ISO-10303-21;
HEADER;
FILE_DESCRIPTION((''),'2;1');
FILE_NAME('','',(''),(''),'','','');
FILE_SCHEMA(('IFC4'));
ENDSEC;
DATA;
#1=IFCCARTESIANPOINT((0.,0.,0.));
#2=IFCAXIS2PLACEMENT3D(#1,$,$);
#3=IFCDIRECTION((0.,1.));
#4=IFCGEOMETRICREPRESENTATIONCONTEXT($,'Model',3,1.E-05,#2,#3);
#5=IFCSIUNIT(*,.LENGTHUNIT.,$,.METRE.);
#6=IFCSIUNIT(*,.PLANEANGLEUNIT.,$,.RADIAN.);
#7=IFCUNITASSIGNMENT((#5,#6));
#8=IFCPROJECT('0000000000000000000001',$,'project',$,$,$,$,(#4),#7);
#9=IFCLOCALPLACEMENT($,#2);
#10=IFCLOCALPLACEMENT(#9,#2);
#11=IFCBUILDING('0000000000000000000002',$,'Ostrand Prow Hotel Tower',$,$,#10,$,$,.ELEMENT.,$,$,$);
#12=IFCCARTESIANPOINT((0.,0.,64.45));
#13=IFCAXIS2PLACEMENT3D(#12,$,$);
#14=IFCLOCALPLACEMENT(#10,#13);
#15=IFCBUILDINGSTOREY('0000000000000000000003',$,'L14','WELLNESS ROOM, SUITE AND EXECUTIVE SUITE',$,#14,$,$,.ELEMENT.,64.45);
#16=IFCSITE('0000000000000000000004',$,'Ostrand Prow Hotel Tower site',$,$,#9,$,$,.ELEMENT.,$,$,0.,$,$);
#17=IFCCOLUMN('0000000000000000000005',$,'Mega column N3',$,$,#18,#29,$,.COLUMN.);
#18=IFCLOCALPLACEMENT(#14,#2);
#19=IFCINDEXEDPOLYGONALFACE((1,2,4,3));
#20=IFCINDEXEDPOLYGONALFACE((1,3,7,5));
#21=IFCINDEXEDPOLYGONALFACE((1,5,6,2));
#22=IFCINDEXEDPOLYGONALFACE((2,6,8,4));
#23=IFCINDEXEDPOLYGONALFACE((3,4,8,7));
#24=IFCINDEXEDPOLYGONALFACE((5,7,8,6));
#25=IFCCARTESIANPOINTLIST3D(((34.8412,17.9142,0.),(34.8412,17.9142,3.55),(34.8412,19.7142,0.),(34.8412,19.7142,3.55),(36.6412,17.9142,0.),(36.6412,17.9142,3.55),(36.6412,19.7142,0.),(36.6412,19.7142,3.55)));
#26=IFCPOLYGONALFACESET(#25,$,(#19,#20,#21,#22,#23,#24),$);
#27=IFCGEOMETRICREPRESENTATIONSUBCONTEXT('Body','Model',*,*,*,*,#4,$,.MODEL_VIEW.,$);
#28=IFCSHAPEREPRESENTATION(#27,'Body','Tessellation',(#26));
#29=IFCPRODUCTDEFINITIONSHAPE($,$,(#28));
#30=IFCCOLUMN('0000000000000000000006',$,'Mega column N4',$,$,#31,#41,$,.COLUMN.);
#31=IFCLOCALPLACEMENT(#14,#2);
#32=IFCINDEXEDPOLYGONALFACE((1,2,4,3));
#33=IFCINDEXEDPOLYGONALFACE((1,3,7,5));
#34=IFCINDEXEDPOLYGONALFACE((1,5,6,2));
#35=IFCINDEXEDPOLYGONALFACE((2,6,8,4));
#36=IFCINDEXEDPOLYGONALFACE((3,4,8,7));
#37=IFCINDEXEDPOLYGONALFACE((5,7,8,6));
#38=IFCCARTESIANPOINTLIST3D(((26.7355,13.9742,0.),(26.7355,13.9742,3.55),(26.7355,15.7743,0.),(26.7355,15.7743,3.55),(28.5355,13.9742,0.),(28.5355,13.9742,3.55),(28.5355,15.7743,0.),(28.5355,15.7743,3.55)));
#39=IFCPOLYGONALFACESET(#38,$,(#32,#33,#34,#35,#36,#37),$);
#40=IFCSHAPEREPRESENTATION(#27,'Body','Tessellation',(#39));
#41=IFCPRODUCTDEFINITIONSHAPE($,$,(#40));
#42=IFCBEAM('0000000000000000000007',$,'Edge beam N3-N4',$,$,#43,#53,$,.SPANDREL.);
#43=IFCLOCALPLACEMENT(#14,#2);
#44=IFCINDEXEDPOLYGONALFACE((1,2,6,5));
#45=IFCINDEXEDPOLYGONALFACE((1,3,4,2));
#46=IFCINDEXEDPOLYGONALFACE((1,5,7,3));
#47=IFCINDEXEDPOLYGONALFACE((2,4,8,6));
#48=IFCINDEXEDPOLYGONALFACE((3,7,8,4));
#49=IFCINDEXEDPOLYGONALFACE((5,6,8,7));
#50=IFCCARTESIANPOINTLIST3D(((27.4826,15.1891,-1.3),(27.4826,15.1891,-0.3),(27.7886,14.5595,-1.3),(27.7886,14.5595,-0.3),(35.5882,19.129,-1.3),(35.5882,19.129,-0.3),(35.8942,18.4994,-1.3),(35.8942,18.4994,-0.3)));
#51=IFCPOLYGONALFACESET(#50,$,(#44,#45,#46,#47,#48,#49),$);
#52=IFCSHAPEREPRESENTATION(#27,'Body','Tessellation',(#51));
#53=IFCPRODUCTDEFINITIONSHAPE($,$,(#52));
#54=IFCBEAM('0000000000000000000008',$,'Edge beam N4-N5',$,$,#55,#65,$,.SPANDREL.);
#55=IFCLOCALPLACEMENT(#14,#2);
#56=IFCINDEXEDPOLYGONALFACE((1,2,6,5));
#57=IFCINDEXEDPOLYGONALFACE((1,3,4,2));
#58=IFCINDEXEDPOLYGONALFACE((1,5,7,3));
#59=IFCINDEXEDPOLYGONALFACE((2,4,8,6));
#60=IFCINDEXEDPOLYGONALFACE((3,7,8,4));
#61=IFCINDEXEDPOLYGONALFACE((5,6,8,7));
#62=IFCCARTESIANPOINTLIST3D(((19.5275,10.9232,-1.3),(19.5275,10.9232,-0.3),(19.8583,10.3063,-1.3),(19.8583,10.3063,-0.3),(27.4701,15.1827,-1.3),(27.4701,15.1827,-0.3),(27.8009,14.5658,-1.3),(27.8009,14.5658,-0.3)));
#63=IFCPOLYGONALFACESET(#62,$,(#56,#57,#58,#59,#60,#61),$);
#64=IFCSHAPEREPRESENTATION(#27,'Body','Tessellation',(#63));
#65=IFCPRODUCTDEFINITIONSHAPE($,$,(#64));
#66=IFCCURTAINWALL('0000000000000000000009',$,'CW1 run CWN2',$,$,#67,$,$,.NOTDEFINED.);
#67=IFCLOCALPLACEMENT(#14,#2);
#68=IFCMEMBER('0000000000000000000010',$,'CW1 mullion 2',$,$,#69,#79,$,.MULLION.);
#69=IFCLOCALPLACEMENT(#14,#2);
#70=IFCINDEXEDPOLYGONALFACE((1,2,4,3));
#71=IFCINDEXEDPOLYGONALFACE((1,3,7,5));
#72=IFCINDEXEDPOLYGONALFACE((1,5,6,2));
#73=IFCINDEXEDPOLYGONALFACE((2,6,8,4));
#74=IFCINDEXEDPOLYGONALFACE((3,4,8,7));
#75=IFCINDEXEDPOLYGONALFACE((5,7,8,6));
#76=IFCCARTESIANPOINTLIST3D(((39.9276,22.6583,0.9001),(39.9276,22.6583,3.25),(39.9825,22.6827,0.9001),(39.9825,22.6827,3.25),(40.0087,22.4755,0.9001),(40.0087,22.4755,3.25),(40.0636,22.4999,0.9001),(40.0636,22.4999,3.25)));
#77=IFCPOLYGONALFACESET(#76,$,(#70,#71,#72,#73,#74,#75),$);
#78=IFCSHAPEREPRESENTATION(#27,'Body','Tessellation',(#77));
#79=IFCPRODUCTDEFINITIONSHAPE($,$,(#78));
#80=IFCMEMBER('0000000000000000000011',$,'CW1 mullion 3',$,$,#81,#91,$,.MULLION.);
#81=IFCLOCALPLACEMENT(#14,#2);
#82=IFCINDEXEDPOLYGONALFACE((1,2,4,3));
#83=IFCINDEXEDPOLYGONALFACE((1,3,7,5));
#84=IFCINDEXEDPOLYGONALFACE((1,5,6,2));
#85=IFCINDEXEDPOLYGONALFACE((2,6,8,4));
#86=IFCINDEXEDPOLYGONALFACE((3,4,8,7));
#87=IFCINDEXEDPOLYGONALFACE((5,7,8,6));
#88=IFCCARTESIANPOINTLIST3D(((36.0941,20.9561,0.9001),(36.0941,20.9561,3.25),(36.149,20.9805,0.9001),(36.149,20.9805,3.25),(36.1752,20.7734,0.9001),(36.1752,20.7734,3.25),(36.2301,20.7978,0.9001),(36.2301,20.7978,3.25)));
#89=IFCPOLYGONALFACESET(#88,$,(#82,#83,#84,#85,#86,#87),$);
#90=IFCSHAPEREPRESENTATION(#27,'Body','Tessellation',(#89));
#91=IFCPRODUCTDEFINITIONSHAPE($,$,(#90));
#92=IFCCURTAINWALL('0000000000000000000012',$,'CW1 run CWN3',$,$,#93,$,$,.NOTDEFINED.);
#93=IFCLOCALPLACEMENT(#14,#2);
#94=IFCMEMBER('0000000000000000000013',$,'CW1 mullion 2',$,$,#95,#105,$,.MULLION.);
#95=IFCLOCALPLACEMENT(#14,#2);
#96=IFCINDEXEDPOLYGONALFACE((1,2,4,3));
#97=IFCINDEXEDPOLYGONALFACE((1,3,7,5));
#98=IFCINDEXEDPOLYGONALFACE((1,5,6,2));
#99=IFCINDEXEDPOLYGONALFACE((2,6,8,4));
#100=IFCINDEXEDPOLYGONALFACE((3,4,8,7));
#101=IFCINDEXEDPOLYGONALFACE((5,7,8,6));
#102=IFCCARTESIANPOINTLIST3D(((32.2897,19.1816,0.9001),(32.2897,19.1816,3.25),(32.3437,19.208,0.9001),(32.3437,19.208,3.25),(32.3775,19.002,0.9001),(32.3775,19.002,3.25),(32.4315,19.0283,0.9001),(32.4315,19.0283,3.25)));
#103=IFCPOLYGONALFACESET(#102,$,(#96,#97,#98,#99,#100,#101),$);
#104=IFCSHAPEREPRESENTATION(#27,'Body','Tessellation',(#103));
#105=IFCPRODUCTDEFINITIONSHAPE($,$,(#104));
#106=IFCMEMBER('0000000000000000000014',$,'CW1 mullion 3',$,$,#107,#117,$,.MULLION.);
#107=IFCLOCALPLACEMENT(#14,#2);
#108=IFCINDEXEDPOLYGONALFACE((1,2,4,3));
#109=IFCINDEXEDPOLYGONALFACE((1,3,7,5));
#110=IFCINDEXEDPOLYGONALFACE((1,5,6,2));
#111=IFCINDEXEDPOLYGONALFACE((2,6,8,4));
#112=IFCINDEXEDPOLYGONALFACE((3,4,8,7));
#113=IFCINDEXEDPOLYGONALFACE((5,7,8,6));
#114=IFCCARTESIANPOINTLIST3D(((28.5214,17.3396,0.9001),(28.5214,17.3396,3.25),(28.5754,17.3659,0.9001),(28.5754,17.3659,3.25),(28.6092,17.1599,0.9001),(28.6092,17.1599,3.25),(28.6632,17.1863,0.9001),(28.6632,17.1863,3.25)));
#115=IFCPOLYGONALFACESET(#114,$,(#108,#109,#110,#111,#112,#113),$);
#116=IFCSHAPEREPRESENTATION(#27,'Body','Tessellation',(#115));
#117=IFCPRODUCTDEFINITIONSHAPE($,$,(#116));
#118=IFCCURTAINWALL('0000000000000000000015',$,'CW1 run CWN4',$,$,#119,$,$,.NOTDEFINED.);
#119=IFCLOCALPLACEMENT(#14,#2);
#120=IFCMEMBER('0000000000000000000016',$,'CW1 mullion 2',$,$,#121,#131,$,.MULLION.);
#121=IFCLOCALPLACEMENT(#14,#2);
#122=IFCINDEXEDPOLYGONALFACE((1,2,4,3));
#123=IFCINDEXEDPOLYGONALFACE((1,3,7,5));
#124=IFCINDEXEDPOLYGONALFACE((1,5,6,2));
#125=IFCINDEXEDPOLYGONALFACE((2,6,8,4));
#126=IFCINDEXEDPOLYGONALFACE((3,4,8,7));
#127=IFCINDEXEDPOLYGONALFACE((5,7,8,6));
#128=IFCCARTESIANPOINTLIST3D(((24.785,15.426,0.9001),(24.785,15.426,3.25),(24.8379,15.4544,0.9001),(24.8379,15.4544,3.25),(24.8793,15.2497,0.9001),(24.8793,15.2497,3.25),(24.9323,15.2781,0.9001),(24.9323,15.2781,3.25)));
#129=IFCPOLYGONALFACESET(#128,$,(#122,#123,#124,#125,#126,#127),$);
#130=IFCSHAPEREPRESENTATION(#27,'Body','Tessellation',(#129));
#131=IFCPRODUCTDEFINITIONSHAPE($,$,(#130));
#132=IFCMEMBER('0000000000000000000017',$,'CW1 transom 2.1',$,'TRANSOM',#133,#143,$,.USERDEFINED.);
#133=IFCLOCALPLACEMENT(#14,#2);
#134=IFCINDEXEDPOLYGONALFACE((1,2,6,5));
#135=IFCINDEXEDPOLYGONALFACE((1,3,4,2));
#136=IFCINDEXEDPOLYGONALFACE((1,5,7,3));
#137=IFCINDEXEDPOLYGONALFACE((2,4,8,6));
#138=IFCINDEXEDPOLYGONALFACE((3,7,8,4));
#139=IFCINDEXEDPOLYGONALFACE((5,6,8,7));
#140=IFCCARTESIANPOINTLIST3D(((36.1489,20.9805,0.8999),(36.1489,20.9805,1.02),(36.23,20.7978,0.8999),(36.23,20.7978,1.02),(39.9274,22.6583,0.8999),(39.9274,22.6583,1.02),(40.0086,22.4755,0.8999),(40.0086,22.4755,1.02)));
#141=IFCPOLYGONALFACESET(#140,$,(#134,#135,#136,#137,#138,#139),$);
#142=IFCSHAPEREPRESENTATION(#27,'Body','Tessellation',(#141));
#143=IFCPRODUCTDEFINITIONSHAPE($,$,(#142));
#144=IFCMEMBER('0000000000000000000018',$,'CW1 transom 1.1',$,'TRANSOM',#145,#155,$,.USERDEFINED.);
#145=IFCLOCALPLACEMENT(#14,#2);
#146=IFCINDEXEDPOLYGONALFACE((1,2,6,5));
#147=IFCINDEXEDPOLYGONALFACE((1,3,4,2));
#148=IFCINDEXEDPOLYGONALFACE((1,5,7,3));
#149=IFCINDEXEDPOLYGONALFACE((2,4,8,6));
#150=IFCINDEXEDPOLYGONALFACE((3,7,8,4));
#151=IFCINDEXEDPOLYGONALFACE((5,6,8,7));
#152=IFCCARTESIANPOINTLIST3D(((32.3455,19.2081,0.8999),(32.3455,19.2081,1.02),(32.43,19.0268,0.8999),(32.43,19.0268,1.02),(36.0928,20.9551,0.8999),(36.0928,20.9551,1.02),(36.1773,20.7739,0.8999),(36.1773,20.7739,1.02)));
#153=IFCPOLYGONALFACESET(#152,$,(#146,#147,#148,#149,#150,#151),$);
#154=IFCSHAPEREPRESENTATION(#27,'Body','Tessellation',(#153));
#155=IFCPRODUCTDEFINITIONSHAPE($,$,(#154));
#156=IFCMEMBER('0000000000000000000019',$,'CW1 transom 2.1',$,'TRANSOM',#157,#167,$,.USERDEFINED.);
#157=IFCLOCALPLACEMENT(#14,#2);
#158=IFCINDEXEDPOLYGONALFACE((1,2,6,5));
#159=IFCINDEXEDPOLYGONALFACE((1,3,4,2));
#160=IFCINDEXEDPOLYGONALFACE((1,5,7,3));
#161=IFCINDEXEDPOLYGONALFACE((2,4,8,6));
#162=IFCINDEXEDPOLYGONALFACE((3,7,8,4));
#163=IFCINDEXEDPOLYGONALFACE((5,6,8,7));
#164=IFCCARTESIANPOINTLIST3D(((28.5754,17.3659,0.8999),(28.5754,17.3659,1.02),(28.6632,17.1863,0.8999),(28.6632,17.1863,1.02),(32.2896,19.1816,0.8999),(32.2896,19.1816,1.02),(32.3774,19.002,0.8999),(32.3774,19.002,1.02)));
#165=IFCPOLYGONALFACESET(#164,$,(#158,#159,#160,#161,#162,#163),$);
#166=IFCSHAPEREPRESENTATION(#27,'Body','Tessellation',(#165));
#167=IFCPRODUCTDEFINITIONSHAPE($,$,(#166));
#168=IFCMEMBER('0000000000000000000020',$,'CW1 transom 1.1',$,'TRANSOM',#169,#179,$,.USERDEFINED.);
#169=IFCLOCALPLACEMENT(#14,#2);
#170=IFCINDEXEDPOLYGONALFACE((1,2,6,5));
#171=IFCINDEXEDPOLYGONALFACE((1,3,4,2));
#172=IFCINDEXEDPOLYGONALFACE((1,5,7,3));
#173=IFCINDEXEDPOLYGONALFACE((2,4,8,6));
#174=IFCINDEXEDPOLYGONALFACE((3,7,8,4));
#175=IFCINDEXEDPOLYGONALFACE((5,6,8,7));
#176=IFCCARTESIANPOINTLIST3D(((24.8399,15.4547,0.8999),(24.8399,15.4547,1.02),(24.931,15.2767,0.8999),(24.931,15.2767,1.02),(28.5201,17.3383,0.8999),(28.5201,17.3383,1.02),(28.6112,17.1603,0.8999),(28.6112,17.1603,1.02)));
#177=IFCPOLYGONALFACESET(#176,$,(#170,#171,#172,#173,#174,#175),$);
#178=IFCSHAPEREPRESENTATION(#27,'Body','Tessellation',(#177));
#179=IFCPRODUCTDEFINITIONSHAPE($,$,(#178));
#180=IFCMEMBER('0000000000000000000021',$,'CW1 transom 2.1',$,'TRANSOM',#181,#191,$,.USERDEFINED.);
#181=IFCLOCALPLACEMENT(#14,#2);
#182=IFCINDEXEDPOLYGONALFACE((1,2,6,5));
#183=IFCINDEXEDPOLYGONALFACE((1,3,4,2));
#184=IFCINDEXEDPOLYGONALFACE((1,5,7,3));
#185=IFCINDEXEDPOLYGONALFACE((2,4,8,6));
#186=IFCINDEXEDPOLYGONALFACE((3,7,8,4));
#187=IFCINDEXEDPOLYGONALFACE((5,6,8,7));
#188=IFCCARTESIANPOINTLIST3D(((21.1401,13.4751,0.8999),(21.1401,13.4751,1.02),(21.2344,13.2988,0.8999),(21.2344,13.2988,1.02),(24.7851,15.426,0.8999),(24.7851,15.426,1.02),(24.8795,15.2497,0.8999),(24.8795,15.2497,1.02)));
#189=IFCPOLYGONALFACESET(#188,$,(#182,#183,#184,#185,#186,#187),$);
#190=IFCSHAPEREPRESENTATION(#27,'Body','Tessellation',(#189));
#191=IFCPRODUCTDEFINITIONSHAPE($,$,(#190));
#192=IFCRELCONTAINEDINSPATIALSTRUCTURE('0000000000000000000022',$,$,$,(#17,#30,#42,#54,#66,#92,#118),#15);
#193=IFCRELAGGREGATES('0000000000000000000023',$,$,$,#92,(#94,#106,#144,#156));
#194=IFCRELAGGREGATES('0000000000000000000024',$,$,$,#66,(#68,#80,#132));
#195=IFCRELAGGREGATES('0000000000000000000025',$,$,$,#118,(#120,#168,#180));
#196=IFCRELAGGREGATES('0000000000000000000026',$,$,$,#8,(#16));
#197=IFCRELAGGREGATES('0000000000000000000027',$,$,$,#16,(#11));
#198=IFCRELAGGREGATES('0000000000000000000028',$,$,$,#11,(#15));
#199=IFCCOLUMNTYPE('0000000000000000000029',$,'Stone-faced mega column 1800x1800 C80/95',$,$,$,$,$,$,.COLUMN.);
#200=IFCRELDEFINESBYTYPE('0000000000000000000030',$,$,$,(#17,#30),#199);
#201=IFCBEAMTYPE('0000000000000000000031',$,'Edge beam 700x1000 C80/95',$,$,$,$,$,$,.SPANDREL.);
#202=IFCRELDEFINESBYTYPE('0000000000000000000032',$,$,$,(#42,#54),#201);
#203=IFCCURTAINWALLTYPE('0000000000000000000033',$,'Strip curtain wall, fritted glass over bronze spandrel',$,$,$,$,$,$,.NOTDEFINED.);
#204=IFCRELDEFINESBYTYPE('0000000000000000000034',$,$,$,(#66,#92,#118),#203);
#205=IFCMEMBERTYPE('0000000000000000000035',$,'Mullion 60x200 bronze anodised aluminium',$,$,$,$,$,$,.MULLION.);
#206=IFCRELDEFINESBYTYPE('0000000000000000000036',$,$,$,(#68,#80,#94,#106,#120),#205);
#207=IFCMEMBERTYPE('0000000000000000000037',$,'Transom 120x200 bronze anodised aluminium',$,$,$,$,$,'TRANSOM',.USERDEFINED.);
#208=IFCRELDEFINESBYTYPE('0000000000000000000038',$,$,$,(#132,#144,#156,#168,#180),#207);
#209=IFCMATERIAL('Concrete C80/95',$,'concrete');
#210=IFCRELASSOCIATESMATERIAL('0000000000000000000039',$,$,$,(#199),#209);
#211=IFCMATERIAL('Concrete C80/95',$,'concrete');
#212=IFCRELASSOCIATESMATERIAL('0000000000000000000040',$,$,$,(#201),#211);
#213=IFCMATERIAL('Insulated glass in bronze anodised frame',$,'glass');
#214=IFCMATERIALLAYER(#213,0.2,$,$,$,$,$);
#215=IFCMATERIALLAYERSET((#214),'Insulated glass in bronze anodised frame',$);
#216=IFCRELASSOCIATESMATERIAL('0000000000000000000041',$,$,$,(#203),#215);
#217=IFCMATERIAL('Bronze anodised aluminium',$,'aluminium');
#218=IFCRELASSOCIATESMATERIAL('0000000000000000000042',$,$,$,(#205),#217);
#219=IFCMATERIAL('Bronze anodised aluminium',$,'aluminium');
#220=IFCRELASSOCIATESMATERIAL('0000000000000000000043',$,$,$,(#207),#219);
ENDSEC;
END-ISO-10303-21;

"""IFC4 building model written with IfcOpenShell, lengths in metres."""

from ifc_helpers import new_model, si_unit, direction, frame, origin, origin_2d, place, context, subcontext, project, spatial, rectangle, extrude, material, layer, layer_set, material_profile, profile_set, type_object, element, aggregate, save


model = new_model("IFC4")

# Units and contexts
model_context = context("Model", 3, precision=1e-05, world=origin(), true_north=direction((0.0, 1.0)))
body_context = subcontext(model_context, "Body", "Model", "MODEL_VIEW")
ifc_project = project(units=[si_unit("LENGTHUNIT", "METRE"), si_unit("PLANEANGLEUNIT", "RADIAN")], contexts=[model_context])

# Site, building, storey
site_placement = place(None, origin())
site = spatial("IfcSite", under=ifc_project, at=site_placement, Name="Ostrand Prow Hotel Tower site", CompositionType="ELEMENT", RefElevation=0.0)
building_placement = place(site_placement, origin())
building = spatial("IfcBuilding", under=site, at=building_placement, Name="Ostrand Prow Hotel Tower", CompositionType="ELEMENT")
storey_placement = place(building_placement, frame((0.0, 0.0, 64.45)))
storey = spatial("IfcBuildingStorey", under=building, at=storey_placement, Name="L14", Description="WELLNESS ROOM, SUITE AND EXECUTIVE SUITE", CompositionType="ELEMENT", Elevation=64.45)

# Columns
ifc_material_1 = material(Name="Concrete C80/95", Category="concrete")
ifc_material_profile_1 = material_profile(ifc_material_1, rectangle(XDim=1.8, YDim=1.8, at=origin_2d()), Name="RC 1800x1800")
ifc_profile_set_1 = profile_set([ifc_material_profile_1], Name="Concrete C80/95")
column_type = type_object("IfcColumnType", Name="Stone-faced mega column 1800x1800 C80/95", PredefinedType="COLUMN", material=ifc_profile_set_1)
for number, where, z_axis, x_axis, name in (
    (1, (35.7412, 18.8142, 0.0), (0.0, 0.0, 1.0), (1.0, 0.0, 0.0), "Mega column N3"),
    (2, (27.6355, 14.8743, 0.0), (0.0, 0.0, 1.0), (1.0, 0.0, 0.0), "Mega column N4"),
):
    element("IfcColumn", number, at=place(storey_placement, frame(where, z_axis=z_axis, x_axis=x_axis)), inside=storey, type_object=column_type, Name=name, PredefinedType="COLUMN", context=body_context, shape_type="SweptSolid", body=[
        extrude(rectangle(XDim=1.8, YDim=1.8, at=origin_2d()), origin(), (0.0, 0.0, 1.0), 3.55),
    ])

# Beams
ifc_material_2 = material(Name="Concrete C80/95", Category="concrete")
ifc_material_profile_2 = material_profile(ifc_material_2, rectangle(XDim=0.7, YDim=1.0, at=origin_2d()), Name="RC 700x1000")
ifc_profile_set_2 = profile_set([ifc_material_profile_2], Name="Concrete C80/95")
beam_type = type_object("IfcBeamType", Name="Edge beam 700x1000 C80/95", PredefinedType="SPANDREL", material=ifc_profile_set_2)
beam_1_placement = place(storey_placement, frame((35.7412, 18.8142, -0.8), z_axis=(-0.899382, -0.437163, 0.0), x_axis=(0.437163, -0.899382, 0.0)))
element("IfcBeam", 3, at=beam_1_placement, inside=storey, type_object=beam_type, Name="Edge beam N3-N4", PredefinedType="SPANDREL", context=body_context, shape_type="SweptSolid", body=[
    extrude(rectangle(XDim=0.7, YDim=1.0, at=origin_2d()), origin(), (0.0, 0.0, 1.0), 9.0125),
])
beam_2_placement = place(storey_placement, frame((27.6355, 14.8743, -0.8), z_axis=(-0.88127, -0.472613, 0.0), x_axis=(0.472613, -0.88127, 0.0)))
element("IfcBeam", 4, at=beam_2_placement, inside=storey, type_object=beam_type, Name="Edge beam N4-N5", PredefinedType="SPANDREL", context=body_context, shape_type="SweptSolid", body=[
    extrude(rectangle(XDim=0.7, YDim=1.0, at=origin_2d()), origin(), (0.0, 0.0, 1.0), 9.0127),
])

# Curtain walls, members
ifc_material_3 = material(Name="Insulated glass in bronze anodised frame", Category="glass")
ifc_layer_1 = layer(ifc_material_3, 0.2)
ifc_layer_set_1 = layer_set([ifc_layer_1], Name="Insulated glass in bronze anodised frame")
curtain_wall_type = type_object("IfcCurtainWallType", Name="Strip curtain wall, fritted glass over bronze spandrel", PredefinedType="NOTDEFINED", material=ifc_layer_set_1)
curtain_wall_1_placement = place(storey_placement, origin())
curtain_wall_1 = element("IfcCurtainWall", 5, at=curtain_wall_1_placement, inside=storey, type_object=curtain_wall_type, Name="CW1 run CWN2", PredefinedType="NOTDEFINED")
ifc_material_4 = material(Name="Bronze anodised aluminium", Category="aluminium")
ifc_material_profile_3 = material_profile(ifc_material_4, rectangle(XDim=0.2, YDim=0.0601, at=origin_2d()), Name="Mullion 60x200 bronze anodised aluminium")
ifc_profile_set_3 = profile_set([ifc_material_profile_3], Name="Bronze anodised aluminium")
member_type_1 = type_object("IfcMemberType", Name="Mullion 60x200 bronze anodised aluminium", PredefinedType="MULLION", material=ifc_profile_set_3)
member_1_placement = place(storey_placement, frame((39.9956, 22.5791, 0.9001), z_axis=(0.0, 0.0, 1.0), x_axis=(0.40578, -0.913971, 0.0)))
member_1 = element("IfcMember", 6, at=member_1_placement, type_object=member_type_1, Name="CW1 mullion 2", PredefinedType="MULLION", context=body_context, shape_type="SweptSolid", body=[
    extrude(rectangle(XDim=0.2, YDim=0.0601, at=origin_2d()), origin(), (0.0, 0.0, 1.0), 2.3499),
])
member_2_placement = place(storey_placement, frame((36.1621, 20.877, 0.9001), z_axis=(0.0, 0.0, 1.0), x_axis=(0.40578, -0.913971, 0.0)))
member_2 = element("IfcMember", 7, at=member_2_placement, type_object=member_type_1, Name="CW1 mullion 3", PredefinedType="MULLION", context=body_context, shape_type="SweptSolid", body=[
    extrude(rectangle(XDim=0.2, YDim=0.0601, at=origin_2d()), origin(), (0.0, 0.0, 1.0), 2.3499),
])
curtain_wall_2_placement = place(storey_placement, origin())
curtain_wall_2 = element("IfcCurtainWall", 8, at=curtain_wall_2_placement, inside=storey, type_object=curtain_wall_type, Name="CW1 run CWN3", PredefinedType="NOTDEFINED")
member_3_placement = place(storey_placement, frame((32.3606, 19.105, 0.9001), z_axis=(0.0, 0.0, 1.0), x_axis=(0.439138, -0.89842, 0.0)))
member_3 = element("IfcMember", 9, at=member_3_placement, type_object=member_type_1, Name="CW1 mullion 2", PredefinedType="MULLION", context=body_context, shape_type="SweptSolid", body=[
    extrude(rectangle(XDim=0.2, YDim=0.0601, at=origin_2d()), origin(), (0.0, 0.0, 1.0), 2.3499),
])
member_4_placement = place(storey_placement, frame((28.5923, 17.2629, 0.9001), z_axis=(0.0, 0.0, 1.0), x_axis=(0.439138, -0.89842, 0.0)))
member_4 = element("IfcMember", 10, at=member_4_placement, type_object=member_type_1, Name="CW1 mullion 3", PredefinedType="MULLION", context=body_context, shape_type="SweptSolid", body=[
    extrude(rectangle(XDim=0.2, YDim=0.0601, at=origin_2d()), origin(), (0.0, 0.0, 1.0), 2.3499),
])

# Curtain wall, member
curtain_wall_3_placement = place(storey_placement, origin())
curtain_wall_3 = element("IfcCurtainWall", 11, at=curtain_wall_3_placement, inside=storey, type_object=curtain_wall_type, Name="CW1 run CWN4", PredefinedType="NOTDEFINED")
member_5_placement = place(storey_placement, frame((24.8586, 15.3521, 0.9001), z_axis=(0.0, 0.0, 1.0), x_axis=(0.4719, -0.881652, 0.0)))
member_5 = element("IfcMember", 12, at=member_5_placement, type_object=member_type_1, Name="CW1 mullion 2", PredefinedType="MULLION", context=body_context, shape_type="SweptSolid", body=[
    extrude(rectangle(XDim=0.2, YDim=0.0601, at=origin_2d()), origin(), (0.0, 0.0, 1.0), 2.3499),
])

# Members
ifc_material_5 = material(Name="Bronze anodised aluminium", Category="aluminium")
ifc_material_profile_4 = material_profile(ifc_material_5, rectangle(XDim=0.2, YDim=0.1201, at=origin_2d()), Name="Transom 120x200 bronze anodised aluminium")
ifc_profile_set_4 = profile_set([ifc_material_profile_4], Name="Bronze anodised aluminium")
member_type_2 = type_object("IfcMemberType", Name="Transom 120x200 bronze anodised aluminium", ElementType="TRANSOM", PredefinedType="USERDEFINED", material=ifc_profile_set_4)
member_6_placement = place(storey_placement, frame((39.968, 22.5669, 0.96), z_axis=(-0.913958, -0.40581, 0.0), x_axis=(0.40581, -0.913958, 0.0)))
member_6 = element("IfcMember", 13, at=member_6_placement, type_object=member_type_2, Name="CW1 transom 2.1", ObjectType="TRANSOM", PredefinedType="USERDEFINED", context=body_context, shape_type="SweptSolid", body=[
    extrude(rectangle(XDim=0.2, YDim=0.1201, at=origin_2d()), origin(), (0.0, 0.0, 1.0), 4.1343),
])
member_7_placement = place(storey_placement, frame((36.135, 20.8645, 0.96), z_axis=(-0.906338, -0.422552, 0.0), x_axis=(0.422552, -0.906338, 0.0)))
member_7 = element("IfcMember", 14, at=member_7_placement, type_object=member_type_2, Name="CW1 transom 1.1", ObjectType="TRANSOM", PredefinedType="USERDEFINED", context=body_context, shape_type="SweptSolid", body=[
    extrude(rectangle(XDim=0.2, YDim=0.1201, at=origin_2d()), origin(), (0.0, 0.0, 1.0), 4.1345),
])
member_8_placement = place(storey_placement, frame((32.3335, 19.0918, 0.96), z_axis=(-0.898395, -0.439188, 0.0), x_axis=(0.439188, -0.898395, 0.0)))
member_8 = element("IfcMember", 15, at=member_8_placement, type_object=member_type_2, Name="CW1 transom 2.1", ObjectType="TRANSOM", PredefinedType="USERDEFINED", context=body_context, shape_type="SweptSolid", body=[
    extrude(rectangle(XDim=0.2, YDim=0.1201, at=origin_2d()), origin(), (0.0, 0.0, 1.0), 4.1343),
])
member_9_placement = place(storey_placement, frame((28.5657, 17.2493, 0.96), z_axis=(-0.890183, -0.455603, 0.0), x_axis=(0.455603, -0.890183, 0.0)))
member_9 = element("IfcMember", 16, at=member_9_placement, type_object=member_type_2, Name="CW1 transom 1.1", ObjectType="TRANSOM", PredefinedType="USERDEFINED", context=body_context, shape_type="SweptSolid", body=[
    extrude(rectangle(XDim=0.2, YDim=0.1201, at=origin_2d()), origin(), (0.0, 0.0, 1.0), 4.1343),
])
member_10_placement = place(storey_placement, frame((24.8323, 15.3379, 0.96), z_axis=(-0.881657, -0.47189, 0.0), x_axis=(0.47189, -0.881657, 0.0)))
member_10 = element("IfcMember", 17, at=member_10_placement, type_object=member_type_2, Name="CW1 transom 2.1", ObjectType="TRANSOM", PredefinedType="USERDEFINED", context=body_context, shape_type="SweptSolid", body=[
    extrude(rectangle(XDim=0.2, YDim=0.1201, at=origin_2d()), origin(), (0.0, 0.0, 1.0), 4.1343),
])

aggregate(curtain_wall_2, [member_3, member_4, member_7, member_8])
aggregate(curtain_wall_1, [member_1, member_2, member_6])
aggregate(curtain_wall_3, [member_5, member_9, member_10])

save(model, "model.ifc")
